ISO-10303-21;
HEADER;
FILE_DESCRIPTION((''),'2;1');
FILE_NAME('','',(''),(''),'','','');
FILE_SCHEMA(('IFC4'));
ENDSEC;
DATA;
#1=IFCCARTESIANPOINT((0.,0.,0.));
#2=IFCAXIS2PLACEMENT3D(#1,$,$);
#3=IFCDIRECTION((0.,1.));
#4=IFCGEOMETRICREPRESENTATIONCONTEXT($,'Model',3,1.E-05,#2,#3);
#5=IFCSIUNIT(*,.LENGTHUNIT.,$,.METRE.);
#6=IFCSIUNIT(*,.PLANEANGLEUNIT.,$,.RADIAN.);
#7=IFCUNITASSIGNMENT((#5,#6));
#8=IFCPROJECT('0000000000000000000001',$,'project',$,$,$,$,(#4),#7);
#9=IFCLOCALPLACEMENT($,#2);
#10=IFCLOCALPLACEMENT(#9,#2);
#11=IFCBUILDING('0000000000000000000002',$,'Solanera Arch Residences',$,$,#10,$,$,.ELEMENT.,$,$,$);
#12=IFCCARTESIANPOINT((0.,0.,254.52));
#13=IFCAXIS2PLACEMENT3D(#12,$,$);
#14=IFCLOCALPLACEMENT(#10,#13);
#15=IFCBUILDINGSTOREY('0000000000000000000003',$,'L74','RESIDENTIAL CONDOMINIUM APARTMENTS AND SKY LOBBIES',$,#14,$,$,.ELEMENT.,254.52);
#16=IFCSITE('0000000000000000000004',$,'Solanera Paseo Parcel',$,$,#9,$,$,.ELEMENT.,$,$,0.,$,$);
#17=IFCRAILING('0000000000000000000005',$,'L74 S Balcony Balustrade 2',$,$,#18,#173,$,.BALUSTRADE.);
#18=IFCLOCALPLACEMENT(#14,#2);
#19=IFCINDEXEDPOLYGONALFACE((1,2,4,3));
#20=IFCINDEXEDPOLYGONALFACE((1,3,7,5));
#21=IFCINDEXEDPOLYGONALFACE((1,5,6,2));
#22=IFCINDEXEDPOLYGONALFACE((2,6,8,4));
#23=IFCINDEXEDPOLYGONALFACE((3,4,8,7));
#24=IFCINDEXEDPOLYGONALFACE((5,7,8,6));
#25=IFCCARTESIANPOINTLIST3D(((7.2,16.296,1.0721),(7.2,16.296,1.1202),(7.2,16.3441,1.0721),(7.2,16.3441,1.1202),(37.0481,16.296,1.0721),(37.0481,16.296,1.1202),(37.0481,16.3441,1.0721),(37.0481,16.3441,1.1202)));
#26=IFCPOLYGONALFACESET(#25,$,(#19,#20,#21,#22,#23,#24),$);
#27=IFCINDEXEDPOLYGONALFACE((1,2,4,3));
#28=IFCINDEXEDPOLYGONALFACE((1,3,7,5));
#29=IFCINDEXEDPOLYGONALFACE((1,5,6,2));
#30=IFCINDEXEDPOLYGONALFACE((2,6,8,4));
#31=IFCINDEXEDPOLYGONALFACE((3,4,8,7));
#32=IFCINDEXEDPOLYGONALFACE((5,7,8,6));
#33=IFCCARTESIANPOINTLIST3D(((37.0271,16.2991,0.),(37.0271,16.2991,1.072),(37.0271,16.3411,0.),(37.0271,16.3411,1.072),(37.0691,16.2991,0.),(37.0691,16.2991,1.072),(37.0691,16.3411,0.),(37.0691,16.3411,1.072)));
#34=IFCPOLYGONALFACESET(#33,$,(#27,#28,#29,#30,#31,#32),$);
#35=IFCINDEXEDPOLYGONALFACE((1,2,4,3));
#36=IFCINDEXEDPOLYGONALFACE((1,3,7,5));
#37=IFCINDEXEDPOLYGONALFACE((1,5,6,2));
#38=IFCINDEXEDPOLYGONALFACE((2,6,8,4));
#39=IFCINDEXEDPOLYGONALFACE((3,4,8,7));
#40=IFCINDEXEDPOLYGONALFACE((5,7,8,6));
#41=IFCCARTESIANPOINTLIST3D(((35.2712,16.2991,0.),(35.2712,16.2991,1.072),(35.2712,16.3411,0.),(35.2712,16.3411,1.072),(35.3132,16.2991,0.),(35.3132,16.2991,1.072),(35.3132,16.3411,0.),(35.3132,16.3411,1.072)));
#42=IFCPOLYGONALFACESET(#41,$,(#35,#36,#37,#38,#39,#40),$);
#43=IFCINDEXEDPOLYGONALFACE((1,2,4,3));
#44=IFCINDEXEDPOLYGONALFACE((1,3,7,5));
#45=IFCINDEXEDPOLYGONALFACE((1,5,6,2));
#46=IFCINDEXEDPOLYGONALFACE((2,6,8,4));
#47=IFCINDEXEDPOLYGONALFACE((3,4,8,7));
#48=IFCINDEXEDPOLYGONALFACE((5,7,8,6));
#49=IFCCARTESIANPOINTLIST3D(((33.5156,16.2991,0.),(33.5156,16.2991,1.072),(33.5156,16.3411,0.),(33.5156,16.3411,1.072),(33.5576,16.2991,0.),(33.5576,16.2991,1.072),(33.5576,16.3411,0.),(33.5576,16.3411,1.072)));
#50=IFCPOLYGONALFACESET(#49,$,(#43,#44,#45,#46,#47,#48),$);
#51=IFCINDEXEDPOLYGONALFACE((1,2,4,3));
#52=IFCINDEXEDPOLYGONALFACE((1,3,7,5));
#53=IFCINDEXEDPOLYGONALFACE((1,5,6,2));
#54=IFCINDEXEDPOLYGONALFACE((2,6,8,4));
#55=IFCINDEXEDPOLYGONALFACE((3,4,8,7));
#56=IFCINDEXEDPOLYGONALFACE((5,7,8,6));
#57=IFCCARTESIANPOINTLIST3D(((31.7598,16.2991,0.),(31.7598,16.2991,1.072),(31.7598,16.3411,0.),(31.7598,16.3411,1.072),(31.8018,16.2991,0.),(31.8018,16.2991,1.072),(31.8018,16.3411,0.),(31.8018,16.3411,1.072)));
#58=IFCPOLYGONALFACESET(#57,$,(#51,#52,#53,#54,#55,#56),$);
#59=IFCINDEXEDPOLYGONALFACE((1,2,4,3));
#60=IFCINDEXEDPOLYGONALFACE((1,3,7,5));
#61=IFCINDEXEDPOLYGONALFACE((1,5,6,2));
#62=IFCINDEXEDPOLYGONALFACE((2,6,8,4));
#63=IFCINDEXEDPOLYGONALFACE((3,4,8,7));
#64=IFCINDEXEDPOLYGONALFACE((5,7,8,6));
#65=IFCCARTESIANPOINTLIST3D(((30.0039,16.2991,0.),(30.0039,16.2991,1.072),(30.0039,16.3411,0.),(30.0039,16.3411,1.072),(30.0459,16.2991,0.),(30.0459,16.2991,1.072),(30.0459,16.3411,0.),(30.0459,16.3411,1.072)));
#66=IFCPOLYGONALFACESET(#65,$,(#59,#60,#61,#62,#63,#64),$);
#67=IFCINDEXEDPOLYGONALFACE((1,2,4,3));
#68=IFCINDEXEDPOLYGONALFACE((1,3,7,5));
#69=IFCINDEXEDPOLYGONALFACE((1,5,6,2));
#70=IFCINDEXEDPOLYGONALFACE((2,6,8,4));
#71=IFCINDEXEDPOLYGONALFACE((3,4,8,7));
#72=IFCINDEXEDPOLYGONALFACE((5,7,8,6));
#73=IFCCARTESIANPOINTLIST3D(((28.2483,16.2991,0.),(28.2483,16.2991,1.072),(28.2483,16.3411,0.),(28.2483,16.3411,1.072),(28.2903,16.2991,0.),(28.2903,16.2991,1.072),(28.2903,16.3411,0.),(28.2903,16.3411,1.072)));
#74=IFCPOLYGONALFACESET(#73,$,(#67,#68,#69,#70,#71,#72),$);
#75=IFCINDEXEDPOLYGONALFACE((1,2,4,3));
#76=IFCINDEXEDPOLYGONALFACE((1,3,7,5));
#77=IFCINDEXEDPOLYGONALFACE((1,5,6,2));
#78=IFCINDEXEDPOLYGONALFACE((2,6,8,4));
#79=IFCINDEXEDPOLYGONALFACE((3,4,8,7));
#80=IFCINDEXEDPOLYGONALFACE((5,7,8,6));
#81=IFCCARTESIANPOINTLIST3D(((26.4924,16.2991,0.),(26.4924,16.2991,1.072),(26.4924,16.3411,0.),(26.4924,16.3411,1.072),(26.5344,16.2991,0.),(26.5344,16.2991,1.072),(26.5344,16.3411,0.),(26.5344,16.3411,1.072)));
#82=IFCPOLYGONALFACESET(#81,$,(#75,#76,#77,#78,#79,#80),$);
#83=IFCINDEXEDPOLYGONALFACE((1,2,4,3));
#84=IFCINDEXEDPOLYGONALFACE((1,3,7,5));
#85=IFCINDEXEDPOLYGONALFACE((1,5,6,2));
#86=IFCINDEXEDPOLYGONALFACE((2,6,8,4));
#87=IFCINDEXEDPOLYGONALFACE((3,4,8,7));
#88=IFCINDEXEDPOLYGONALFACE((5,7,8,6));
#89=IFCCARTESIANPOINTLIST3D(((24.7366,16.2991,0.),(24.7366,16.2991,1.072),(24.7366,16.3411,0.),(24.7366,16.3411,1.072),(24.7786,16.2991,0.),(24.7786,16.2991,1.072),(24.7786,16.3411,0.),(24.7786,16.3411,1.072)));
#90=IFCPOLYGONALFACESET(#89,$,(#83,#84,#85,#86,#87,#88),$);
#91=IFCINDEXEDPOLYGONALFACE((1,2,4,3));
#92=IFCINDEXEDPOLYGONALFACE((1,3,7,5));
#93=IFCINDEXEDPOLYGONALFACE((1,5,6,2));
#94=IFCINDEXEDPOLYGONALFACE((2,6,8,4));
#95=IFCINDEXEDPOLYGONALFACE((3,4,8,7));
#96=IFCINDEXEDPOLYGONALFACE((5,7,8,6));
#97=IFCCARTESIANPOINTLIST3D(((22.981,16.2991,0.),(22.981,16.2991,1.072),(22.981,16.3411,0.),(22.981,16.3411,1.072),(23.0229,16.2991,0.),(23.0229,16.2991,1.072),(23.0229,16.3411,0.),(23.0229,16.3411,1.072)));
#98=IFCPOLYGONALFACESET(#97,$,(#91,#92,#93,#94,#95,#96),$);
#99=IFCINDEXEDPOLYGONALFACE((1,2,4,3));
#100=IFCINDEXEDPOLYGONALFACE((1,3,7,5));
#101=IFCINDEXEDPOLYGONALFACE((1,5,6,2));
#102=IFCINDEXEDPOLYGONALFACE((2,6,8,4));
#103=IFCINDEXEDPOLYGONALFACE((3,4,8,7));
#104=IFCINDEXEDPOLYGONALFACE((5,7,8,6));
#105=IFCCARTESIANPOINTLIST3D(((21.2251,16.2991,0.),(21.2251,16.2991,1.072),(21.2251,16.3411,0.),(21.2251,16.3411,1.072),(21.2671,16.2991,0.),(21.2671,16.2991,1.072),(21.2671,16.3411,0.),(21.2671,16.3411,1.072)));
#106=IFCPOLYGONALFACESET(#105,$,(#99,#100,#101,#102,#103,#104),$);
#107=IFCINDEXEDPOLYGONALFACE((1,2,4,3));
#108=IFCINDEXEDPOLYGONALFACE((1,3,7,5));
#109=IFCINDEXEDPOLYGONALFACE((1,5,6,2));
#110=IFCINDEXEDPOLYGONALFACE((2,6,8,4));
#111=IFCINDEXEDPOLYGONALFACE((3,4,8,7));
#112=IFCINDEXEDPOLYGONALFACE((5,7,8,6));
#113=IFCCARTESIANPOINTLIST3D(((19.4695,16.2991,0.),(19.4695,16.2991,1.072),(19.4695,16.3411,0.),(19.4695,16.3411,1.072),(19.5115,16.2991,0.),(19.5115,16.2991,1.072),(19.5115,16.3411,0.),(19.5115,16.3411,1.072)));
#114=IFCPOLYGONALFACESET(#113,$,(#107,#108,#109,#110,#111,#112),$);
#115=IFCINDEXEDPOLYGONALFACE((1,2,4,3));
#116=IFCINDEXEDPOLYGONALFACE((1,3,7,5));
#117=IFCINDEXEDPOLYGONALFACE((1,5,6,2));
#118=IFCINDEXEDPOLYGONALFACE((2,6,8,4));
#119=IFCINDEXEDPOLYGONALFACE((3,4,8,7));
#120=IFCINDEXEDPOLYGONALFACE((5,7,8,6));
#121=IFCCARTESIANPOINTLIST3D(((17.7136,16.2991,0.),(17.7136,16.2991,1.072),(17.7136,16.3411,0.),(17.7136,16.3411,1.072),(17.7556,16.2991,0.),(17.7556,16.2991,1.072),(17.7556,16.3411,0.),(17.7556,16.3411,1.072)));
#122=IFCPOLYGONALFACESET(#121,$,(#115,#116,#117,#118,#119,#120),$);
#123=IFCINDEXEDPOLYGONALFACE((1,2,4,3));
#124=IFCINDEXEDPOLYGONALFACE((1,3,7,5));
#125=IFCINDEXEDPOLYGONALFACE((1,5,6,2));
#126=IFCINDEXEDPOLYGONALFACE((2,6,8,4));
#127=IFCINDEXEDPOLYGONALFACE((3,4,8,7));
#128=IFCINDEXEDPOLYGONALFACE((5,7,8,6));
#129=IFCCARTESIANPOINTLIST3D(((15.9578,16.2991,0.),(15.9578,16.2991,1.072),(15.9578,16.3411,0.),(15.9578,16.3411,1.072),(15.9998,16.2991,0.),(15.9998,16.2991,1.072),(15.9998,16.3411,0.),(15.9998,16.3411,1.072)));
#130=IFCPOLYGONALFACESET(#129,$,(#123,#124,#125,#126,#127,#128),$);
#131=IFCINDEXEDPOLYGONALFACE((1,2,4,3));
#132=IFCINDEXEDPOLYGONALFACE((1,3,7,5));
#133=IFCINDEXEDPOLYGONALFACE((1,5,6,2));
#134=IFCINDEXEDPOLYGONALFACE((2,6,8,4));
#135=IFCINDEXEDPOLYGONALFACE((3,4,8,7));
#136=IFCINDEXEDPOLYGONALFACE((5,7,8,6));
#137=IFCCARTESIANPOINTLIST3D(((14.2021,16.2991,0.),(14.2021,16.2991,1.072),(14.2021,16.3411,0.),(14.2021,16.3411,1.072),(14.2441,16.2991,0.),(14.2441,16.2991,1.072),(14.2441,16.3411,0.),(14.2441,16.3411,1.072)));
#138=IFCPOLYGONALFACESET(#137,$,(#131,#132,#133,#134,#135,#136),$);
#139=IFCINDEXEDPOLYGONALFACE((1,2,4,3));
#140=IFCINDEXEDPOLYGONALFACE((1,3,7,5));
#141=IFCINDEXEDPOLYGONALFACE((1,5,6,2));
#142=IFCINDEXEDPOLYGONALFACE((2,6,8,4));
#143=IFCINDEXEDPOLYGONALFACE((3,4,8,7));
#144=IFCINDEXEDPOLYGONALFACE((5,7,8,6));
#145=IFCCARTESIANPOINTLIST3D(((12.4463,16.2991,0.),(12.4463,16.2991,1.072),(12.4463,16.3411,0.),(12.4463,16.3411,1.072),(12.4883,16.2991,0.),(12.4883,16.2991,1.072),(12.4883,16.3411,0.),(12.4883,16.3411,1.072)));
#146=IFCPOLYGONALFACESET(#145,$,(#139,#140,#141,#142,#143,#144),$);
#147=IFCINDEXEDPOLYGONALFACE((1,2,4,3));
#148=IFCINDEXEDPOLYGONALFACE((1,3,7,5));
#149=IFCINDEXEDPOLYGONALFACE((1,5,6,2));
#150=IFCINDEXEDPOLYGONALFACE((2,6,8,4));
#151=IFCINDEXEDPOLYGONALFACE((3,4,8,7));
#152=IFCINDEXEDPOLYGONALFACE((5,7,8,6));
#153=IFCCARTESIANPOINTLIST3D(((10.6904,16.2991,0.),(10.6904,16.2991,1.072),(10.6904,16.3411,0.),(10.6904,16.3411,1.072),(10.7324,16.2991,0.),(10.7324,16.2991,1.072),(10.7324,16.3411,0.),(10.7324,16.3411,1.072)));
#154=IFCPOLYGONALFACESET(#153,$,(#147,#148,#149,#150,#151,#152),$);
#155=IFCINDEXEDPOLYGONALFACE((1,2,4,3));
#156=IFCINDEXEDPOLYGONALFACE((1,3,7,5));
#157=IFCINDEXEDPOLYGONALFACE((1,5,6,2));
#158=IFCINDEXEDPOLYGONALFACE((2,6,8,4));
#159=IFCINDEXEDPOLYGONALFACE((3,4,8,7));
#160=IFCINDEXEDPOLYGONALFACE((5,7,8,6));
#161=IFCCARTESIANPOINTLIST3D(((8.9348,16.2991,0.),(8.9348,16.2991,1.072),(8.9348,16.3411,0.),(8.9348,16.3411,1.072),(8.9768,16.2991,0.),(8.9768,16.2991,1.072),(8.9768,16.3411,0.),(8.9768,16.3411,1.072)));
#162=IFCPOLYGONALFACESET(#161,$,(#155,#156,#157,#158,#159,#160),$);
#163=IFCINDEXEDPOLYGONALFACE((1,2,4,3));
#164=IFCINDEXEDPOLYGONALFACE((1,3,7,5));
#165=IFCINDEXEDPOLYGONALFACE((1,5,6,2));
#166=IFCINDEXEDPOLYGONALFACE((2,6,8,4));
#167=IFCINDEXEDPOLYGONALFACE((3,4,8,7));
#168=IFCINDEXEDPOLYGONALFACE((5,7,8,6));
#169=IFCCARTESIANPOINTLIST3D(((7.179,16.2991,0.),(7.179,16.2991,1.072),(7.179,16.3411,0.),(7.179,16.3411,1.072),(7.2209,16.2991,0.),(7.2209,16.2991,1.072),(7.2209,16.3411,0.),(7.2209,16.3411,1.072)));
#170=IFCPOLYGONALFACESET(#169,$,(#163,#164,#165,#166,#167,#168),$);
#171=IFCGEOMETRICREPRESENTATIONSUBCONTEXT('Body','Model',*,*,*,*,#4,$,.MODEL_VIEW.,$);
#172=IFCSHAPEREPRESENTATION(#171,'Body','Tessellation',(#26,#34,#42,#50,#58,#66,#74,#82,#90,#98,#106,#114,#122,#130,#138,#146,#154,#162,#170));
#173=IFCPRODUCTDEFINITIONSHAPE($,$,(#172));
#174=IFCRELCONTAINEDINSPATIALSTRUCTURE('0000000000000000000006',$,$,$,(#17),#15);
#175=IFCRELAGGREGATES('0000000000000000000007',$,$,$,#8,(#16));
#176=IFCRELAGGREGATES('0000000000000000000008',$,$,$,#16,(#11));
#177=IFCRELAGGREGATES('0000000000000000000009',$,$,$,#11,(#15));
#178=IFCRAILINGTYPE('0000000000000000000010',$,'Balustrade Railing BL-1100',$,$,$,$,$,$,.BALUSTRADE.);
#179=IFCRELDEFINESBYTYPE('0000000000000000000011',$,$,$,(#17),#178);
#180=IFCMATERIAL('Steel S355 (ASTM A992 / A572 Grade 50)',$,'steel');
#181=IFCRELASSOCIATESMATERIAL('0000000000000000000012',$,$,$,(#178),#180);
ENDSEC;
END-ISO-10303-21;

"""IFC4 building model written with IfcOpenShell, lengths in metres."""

from ifc_helpers import new_model, si_unit, direction, frame, origin, origin_2d, place, context, subcontext, project, spatial, rectangle, extrude, material, type_object, element, save


model = new_model("IFC4")

# Units and contexts
model_context = context("Model", 3, precision=1e-05, world=origin(), true_north=direction((0.0, 1.0)))
body_context = subcontext(model_context, "Body", "Model", "MODEL_VIEW")
ifc_project = project(units=[si_unit("LENGTHUNIT", "METRE"), si_unit("PLANEANGLEUNIT", "RADIAN")], contexts=[model_context])

# Site, building, storey
site_placement = place(None, origin())
site = spatial("IfcSite", under=ifc_project, at=site_placement, Name="Solanera Paseo Parcel", CompositionType="ELEMENT", RefElevation=0.0)
building_placement = place(site_placement, origin())
building = spatial("IfcBuilding", under=site, at=building_placement, Name="Solanera Arch Residences", CompositionType="ELEMENT")
storey_placement = place(building_placement, frame((0.0, 0.0, 254.52)))
storey = spatial("IfcBuildingStorey", under=building, at=storey_placement, Name="L74", Description="RESIDENTIAL CONDOMINIUM APARTMENTS AND SKY LOBBIES", CompositionType="ELEMENT", Elevation=254.52)

# Railing
ifc_material_1 = material(Name="Steel S355 (ASTM A992 / A572 Grade 50)", Category="steel")
railing_type = type_object("IfcRailingType", Name="Balustrade Railing BL-1100", PredefinedType="BALUSTRADE", material=ifc_material_1)
railing_1_placement = place(storey_placement, frame((37.0481, 16.3201, 0.0)))
element("IfcRailing", 1, at=railing_1_placement, inside=storey, type_object=railing_type, Name="L74 S Balcony Balustrade 2", PredefinedType="BALUSTRADE", context=body_context, shape_type="SweptSolid", body=[
    extrude(rectangle(XDim=0.0481, YDim=0.0481, at=origin_2d()), frame((0.0, 0.0, 1.0962), z_axis=(-1.0, 0.0, 0.0), x_axis=(0.0, -1.0, 0.0)), (0.0, 0.0, 1.0), 29.8481),
    extrude(rectangle(XDim=0.042, YDim=0.042, at=origin_2d()), origin(), (0.0, 0.0, 1.0), 1.072),
    extrude(rectangle(XDim=0.042, YDim=0.042, at=origin_2d()), frame((-1.7559, 0.0, 0.0)), (0.0, 0.0, 1.0), 1.072),
    extrude(rectangle(XDim=0.042, YDim=0.042, at=origin_2d()), frame((-3.5115, 0.0, 0.0)), (0.0, 0.0, 1.0), 1.072),
    extrude(rectangle(XDim=0.042, YDim=0.042, at=origin_2d()), frame((-5.2673, 0.0, 0.0)), (0.0, 0.0, 1.0), 1.072),
    extrude(rectangle(XDim=0.042, YDim=0.042, at=origin_2d()), frame((-7.0232, 0.0, 0.0)), (0.0, 0.0, 1.0), 1.072),
    extrude(rectangle(XDim=0.042, YDim=0.042, at=origin_2d()), frame((-8.7788, 0.0, 0.0)), (0.0, 0.0, 1.0), 1.072),
    extrude(rectangle(XDim=0.042, YDim=0.042, at=origin_2d()), frame((-10.5347, 0.0, 0.0)), (0.0, 0.0, 1.0), 1.072),
    extrude(rectangle(XDim=0.042, YDim=0.042, at=origin_2d()), frame((-12.2905, 0.0, 0.0)), (0.0, 0.0, 1.0), 1.072),
    extrude(rectangle(XDim=0.042, YDim=0.042, at=origin_2d()), frame((-14.0461, 0.0, 0.0)), (0.0, 0.0, 1.0), 1.072),
    extrude(rectangle(XDim=0.042, YDim=0.042, at=origin_2d()), frame((-15.802, 0.0, 0.0)), (0.0, 0.0, 1.0), 1.072),
    extrude(rectangle(XDim=0.042, YDim=0.042, at=origin_2d()), frame((-17.5576, 0.0, 0.0)), (0.0, 0.0, 1.0), 1.072),
    extrude(rectangle(XDim=0.042, YDim=0.042, at=origin_2d()), frame((-19.3135, 0.0, 0.0)), (0.0, 0.0, 1.0), 1.072),
    extrude(rectangle(XDim=0.042, YDim=0.042, at=origin_2d()), frame((-21.0693, 0.0, 0.0)), (0.0, 0.0, 1.0), 1.072),
    extrude(rectangle(XDim=0.042, YDim=0.042, at=origin_2d()), frame((-22.825, 0.0, 0.0)), (0.0, 0.0, 1.0), 1.072),
    extrude(rectangle(XDim=0.042, YDim=0.042, at=origin_2d()), frame((-24.5808, 0.0, 0.0)), (0.0, 0.0, 1.0), 1.072),
    extrude(rectangle(XDim=0.042, YDim=0.042, at=origin_2d()), frame((-26.3367, 0.0, 0.0)), (0.0, 0.0, 1.0), 1.072),
    extrude(rectangle(XDim=0.042, YDim=0.042, at=origin_2d()), frame((-28.0923, 0.0, 0.0)), (0.0, 0.0, 1.0), 1.072),
    extrude(rectangle(XDim=0.042, YDim=0.042, at=origin_2d()), frame((-29.8481, 0.0, 0.0)), (0.0, 0.0, 1.0), 1.072),
])

save(model, "model.ifc")
